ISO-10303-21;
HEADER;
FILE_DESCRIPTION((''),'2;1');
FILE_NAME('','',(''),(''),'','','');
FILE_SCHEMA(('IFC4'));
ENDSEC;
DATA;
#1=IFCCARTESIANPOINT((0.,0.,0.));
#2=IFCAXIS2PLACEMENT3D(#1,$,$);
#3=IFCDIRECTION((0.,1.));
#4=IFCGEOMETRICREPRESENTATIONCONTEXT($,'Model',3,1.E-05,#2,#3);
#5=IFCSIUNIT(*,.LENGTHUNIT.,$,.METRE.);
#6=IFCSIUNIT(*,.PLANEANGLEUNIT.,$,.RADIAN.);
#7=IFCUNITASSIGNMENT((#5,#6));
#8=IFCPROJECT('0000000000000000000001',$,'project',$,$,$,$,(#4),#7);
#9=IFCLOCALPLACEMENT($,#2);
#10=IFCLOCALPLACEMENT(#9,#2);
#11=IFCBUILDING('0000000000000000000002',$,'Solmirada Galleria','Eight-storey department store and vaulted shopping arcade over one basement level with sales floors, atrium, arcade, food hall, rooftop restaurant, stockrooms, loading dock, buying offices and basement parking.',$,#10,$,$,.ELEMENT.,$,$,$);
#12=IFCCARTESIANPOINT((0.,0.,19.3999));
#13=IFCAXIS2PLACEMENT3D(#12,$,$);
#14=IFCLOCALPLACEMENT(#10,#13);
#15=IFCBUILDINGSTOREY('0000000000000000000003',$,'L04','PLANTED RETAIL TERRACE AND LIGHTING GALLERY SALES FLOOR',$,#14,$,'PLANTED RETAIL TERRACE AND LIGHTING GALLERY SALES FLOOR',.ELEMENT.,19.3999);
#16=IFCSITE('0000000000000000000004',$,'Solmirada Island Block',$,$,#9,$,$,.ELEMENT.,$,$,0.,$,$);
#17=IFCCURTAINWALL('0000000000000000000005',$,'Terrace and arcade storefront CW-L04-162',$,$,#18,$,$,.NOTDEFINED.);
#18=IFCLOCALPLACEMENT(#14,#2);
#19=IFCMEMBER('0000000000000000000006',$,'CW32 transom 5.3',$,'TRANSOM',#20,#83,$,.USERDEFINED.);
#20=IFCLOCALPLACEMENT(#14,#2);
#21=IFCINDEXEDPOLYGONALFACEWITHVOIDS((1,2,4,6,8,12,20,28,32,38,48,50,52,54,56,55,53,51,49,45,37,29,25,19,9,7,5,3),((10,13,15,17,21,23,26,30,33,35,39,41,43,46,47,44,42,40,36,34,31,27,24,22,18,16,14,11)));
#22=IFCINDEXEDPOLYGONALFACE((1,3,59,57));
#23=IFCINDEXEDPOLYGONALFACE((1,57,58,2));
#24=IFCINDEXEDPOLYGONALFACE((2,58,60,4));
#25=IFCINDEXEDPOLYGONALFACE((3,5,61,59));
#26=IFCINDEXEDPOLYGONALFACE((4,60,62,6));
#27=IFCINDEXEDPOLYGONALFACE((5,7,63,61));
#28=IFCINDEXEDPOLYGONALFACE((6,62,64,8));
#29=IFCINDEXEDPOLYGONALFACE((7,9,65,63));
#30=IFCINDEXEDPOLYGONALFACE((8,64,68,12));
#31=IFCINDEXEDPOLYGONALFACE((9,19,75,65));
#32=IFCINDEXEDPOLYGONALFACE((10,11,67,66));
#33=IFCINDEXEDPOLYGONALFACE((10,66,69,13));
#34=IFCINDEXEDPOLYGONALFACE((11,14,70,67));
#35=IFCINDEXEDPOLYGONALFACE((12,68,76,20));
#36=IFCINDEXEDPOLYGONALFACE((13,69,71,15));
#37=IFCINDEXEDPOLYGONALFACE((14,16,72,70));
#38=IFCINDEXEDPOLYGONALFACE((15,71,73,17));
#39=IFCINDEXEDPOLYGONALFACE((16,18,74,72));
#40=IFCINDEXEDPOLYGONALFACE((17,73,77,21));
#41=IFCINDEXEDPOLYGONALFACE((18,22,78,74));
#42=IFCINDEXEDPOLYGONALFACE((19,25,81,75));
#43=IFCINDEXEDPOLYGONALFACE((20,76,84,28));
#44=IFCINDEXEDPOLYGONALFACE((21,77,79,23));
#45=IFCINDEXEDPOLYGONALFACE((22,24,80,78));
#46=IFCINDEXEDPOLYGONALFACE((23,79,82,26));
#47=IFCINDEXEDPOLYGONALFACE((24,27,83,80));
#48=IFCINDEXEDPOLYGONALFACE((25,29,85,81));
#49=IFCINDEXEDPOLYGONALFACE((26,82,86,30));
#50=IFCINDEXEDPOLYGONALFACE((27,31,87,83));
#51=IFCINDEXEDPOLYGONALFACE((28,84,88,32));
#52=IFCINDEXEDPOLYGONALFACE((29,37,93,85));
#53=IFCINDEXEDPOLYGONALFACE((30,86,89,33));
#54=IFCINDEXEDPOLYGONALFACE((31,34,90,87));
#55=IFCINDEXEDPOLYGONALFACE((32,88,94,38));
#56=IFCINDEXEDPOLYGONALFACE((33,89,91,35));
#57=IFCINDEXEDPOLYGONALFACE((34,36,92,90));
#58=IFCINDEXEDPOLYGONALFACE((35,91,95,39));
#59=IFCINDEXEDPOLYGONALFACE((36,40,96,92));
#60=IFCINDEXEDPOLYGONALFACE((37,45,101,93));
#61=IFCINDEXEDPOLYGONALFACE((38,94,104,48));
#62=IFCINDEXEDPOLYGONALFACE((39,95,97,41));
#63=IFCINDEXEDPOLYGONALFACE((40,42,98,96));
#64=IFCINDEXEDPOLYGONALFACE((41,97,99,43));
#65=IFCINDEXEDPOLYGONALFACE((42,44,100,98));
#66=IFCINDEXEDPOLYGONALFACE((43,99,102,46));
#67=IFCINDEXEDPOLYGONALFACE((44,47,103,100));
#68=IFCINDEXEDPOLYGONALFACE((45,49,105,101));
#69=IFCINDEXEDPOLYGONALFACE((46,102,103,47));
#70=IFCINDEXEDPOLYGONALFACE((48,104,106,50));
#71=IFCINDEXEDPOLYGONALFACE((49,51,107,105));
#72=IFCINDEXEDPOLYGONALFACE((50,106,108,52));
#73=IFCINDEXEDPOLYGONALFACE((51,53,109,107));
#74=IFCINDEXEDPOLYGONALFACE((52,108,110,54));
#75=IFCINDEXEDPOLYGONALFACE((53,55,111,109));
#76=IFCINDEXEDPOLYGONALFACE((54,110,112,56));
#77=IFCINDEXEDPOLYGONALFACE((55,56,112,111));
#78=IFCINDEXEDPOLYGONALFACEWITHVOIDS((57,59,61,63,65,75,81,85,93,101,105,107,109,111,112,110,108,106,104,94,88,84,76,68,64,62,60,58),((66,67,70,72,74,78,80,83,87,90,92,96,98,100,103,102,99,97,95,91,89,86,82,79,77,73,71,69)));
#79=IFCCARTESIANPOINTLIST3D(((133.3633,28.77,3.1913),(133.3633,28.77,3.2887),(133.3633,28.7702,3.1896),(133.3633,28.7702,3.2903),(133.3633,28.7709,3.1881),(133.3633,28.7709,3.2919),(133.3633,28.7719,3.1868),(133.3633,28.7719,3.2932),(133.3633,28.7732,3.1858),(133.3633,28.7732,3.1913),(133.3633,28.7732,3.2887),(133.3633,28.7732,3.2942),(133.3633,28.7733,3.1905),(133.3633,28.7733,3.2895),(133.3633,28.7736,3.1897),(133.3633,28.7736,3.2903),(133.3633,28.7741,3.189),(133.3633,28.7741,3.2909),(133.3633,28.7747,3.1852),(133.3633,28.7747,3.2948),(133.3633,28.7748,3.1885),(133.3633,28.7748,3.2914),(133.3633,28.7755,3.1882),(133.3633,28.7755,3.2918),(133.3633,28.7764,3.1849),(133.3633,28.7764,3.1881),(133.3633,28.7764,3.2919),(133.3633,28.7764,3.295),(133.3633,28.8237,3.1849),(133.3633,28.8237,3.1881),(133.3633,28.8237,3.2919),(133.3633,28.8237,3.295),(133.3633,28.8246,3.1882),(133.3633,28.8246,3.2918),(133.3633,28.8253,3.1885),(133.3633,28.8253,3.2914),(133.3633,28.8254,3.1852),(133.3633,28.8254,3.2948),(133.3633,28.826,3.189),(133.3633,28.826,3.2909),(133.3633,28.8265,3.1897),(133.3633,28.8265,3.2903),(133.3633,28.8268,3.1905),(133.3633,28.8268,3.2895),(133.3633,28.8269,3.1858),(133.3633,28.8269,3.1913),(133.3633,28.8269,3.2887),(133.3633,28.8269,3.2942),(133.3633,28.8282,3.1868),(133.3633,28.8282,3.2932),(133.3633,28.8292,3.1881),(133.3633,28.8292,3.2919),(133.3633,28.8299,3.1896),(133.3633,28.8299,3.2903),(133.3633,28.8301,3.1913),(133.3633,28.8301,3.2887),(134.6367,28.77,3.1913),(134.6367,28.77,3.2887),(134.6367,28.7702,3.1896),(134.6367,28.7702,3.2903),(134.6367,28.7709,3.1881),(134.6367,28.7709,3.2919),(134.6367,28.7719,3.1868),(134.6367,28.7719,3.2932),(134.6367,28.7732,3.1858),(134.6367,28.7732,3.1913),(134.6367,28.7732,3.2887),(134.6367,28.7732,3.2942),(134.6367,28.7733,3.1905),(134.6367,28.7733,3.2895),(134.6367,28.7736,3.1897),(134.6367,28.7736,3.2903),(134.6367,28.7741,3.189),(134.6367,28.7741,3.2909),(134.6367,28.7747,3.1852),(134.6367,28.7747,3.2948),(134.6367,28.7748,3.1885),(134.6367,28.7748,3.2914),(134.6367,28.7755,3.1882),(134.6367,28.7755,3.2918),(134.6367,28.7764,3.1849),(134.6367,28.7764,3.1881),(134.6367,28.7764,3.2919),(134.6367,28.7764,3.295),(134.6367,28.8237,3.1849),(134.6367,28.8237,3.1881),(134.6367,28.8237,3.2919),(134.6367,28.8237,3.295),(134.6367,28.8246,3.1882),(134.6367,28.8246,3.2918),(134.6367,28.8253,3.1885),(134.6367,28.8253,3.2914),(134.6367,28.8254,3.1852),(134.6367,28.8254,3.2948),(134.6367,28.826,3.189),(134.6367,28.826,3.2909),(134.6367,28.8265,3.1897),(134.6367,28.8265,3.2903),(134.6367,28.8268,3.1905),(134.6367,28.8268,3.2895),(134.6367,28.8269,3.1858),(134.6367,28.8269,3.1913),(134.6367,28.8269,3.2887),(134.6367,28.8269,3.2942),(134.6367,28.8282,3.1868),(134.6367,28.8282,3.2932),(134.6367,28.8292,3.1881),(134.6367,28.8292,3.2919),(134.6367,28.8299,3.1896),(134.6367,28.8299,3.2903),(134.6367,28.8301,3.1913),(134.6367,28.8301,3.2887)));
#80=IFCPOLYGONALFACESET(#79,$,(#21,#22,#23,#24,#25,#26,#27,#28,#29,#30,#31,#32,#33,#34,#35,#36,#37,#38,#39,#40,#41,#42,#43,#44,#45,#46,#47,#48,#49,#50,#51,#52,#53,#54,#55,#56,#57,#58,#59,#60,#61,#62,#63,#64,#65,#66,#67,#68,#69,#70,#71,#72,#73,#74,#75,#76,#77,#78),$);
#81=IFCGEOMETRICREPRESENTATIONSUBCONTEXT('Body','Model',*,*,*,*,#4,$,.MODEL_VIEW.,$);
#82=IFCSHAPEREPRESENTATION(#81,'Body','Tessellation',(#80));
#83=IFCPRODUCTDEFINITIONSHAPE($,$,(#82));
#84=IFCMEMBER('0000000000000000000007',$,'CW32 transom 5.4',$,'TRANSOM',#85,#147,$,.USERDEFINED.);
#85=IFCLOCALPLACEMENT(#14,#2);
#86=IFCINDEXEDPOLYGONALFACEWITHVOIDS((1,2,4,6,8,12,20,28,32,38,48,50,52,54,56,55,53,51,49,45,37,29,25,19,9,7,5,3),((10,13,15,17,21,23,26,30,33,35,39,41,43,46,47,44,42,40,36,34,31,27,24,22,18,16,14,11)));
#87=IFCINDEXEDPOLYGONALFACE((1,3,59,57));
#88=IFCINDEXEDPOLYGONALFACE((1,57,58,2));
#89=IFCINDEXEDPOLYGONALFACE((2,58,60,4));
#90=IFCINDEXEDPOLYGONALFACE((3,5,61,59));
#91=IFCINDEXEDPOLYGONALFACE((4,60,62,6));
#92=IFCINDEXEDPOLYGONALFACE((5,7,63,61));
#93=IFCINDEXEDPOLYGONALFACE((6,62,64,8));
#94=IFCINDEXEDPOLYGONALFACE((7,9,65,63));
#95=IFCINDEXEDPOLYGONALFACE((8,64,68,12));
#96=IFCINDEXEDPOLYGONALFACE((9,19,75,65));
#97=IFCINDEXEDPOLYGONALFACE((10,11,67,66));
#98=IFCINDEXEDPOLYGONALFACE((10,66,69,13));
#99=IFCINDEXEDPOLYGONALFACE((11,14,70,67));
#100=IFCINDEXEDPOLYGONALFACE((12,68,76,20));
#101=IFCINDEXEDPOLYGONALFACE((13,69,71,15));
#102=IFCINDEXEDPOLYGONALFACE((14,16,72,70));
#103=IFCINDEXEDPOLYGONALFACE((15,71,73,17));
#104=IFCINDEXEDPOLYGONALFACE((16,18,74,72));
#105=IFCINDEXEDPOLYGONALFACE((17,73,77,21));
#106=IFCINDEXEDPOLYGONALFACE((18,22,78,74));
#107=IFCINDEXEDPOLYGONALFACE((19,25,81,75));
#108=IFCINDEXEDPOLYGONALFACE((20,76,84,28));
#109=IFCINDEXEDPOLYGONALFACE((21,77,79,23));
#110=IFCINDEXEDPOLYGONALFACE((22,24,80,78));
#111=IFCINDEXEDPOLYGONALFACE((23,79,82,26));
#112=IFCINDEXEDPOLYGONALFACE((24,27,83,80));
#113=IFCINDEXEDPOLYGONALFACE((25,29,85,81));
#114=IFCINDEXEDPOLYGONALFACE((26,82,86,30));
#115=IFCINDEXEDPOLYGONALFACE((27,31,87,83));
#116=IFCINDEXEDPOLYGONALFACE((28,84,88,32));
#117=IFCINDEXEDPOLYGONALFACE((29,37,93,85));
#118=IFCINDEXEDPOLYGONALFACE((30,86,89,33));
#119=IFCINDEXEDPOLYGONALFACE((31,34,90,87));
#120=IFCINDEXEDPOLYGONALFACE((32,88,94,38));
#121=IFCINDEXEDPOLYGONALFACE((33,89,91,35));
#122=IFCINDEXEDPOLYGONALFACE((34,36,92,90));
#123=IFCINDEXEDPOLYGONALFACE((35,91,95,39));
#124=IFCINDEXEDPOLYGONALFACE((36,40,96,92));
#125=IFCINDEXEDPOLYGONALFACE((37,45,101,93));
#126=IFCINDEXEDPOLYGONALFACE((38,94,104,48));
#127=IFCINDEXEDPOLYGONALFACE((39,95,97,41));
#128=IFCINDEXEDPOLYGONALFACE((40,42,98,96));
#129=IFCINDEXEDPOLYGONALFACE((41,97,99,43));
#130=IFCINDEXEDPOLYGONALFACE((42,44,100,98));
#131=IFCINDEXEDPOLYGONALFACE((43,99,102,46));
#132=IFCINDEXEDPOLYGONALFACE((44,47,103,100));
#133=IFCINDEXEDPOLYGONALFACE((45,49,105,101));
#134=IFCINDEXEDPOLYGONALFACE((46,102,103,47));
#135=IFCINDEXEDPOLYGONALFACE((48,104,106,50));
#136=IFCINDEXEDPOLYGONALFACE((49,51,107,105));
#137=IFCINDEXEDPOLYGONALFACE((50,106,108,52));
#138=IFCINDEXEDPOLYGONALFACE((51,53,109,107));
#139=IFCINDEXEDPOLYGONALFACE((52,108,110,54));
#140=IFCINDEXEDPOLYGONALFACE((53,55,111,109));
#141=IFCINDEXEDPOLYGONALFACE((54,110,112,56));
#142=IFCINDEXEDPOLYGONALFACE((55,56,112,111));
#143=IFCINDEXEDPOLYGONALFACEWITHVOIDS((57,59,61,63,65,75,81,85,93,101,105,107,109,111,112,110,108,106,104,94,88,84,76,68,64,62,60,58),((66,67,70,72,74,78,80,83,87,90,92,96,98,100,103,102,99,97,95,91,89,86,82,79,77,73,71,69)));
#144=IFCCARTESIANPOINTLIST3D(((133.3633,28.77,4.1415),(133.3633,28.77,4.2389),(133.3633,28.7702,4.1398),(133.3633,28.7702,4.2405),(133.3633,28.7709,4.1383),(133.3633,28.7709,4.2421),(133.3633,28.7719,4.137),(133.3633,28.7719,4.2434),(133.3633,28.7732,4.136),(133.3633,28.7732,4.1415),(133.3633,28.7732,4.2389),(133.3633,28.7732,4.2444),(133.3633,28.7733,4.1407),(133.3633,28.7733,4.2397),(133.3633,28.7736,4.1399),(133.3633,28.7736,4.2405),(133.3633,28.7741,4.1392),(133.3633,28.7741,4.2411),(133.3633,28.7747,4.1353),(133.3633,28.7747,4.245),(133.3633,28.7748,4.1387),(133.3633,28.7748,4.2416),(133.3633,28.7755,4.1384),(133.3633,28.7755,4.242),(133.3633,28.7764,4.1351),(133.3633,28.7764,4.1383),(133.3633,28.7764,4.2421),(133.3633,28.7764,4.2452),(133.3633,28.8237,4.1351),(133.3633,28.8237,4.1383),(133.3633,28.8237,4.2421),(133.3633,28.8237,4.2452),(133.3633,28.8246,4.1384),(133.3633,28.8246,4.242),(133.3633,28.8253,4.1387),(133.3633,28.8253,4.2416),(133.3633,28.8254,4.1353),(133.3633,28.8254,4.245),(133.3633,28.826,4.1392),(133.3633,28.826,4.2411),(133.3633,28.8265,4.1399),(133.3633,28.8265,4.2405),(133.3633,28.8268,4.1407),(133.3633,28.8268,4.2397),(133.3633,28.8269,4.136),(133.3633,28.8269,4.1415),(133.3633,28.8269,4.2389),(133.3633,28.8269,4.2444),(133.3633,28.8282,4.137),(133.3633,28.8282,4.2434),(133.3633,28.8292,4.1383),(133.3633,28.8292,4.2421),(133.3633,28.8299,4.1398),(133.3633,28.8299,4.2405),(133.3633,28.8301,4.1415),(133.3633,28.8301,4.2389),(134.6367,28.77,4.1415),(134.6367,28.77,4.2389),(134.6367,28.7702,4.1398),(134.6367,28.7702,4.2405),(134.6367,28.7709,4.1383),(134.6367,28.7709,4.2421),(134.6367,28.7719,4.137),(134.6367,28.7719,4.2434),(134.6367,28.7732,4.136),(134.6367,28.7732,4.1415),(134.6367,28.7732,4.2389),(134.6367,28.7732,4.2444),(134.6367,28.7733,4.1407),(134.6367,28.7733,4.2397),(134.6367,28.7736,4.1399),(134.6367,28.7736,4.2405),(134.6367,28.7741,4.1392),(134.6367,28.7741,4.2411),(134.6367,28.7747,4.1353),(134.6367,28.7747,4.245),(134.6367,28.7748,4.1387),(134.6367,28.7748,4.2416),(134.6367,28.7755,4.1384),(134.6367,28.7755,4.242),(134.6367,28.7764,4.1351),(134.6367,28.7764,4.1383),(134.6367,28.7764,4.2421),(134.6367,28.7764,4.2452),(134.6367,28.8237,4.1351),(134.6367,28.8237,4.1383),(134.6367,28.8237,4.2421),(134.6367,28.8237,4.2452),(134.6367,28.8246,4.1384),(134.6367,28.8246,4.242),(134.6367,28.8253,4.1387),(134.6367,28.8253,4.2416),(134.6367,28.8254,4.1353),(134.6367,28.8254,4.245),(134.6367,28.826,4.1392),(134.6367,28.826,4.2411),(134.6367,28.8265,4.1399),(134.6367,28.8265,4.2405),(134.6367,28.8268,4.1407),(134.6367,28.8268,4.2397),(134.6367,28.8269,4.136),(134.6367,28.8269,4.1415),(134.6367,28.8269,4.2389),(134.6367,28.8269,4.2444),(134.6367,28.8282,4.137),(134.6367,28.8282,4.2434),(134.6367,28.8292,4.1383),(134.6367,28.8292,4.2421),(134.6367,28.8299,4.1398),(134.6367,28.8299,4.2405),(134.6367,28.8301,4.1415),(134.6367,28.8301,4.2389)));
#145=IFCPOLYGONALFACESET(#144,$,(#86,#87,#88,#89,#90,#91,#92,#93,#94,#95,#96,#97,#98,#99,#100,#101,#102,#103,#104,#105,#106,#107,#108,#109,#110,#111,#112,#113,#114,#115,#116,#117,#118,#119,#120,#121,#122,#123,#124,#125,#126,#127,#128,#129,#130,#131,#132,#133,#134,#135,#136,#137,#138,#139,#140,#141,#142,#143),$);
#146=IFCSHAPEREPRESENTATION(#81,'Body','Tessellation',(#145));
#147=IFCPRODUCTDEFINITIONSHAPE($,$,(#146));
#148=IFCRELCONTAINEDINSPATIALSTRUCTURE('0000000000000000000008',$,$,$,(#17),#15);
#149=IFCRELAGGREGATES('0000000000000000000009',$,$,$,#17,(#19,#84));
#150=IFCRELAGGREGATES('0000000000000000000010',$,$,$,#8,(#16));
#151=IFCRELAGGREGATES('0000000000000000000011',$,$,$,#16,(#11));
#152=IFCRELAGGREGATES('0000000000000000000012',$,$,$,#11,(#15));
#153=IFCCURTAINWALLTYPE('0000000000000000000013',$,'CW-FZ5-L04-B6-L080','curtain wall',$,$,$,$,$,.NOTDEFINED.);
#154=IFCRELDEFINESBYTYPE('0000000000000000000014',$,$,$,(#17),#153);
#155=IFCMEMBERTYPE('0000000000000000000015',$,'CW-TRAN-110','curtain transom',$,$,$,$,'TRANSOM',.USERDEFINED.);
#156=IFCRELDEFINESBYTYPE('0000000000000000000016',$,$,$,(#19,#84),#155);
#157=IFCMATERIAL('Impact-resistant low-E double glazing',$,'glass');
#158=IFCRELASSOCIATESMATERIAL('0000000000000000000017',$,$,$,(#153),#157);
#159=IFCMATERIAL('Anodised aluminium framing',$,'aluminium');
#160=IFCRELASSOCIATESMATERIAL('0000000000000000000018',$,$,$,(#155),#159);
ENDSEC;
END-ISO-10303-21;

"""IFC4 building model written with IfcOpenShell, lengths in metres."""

from ifc_helpers import new_model, si_unit, direction, frame, origin, origin_2d, place, context, subcontext, project, spatial, hollow_rectangle, extrude, material, material_profile, profile_set, type_object, element, aggregate, save


model = new_model("IFC4")

# Units and contexts
model_context = context("Model", 3, precision=1e-05, world=origin(), true_north=direction((0.0, 1.0)))
body_context = subcontext(model_context, "Body", "Model", "MODEL_VIEW")
ifc_project = project(units=[si_unit("LENGTHUNIT", "METRE"), si_unit("PLANEANGLEUNIT", "RADIAN")], contexts=[model_context])

# Site, building, storey
site_placement = place(None, origin())
site = spatial("IfcSite", under=ifc_project, at=site_placement, Name="Solmirada Island Block", CompositionType="ELEMENT", RefElevation=0.0)
building_placement = place(site_placement, origin())
building = spatial("IfcBuilding", under=site, at=building_placement, Name="Solmirada Galleria", Description="Eight-storey department store and vaulted shopping arcade over one basement level with sales floors, atrium, arcade, food hall, rooftop restaurant, stockrooms, loading dock, buying offices and basement parking.", CompositionType="ELEMENT")
storey_placement = place(building_placement, frame((0.0, 0.0, 19.3999)))
storey = spatial("IfcBuildingStorey", under=building, at=storey_placement, Name="L04", Description="PLANTED RETAIL TERRACE AND LIGHTING GALLERY SALES FLOOR", LongName="PLANTED RETAIL TERRACE AND LIGHTING GALLERY SALES FLOOR", CompositionType="ELEMENT", Elevation=19.3999)

# Curtain wall, members
ifc_material_1 = material(Name="Impact-resistant low-E double glazing", Category="glass")
curtain_wall_type = type_object("IfcCurtainWallType", Name="CW-FZ5-L04-B6-L080", Description="curtain wall", PredefinedType="NOTDEFINED", material=ifc_material_1)
curtain_wall_placement = place(storey_placement, origin())
curtain_wall = element("IfcCurtainWall", 1, at=curtain_wall_placement, inside=storey, type_object=curtain_wall_type, Name="Terrace and arcade storefront CW-L04-162", PredefinedType="NOTDEFINED")
ifc_material_2 = material(Name="Anodised aluminium framing", Category="aluminium")
ifc_material_profile_1 = material_profile(ifc_material_2, hollow_rectangle(XDim=0.0601, YDim=0.1101, WallThickness=0.0032, InnerFilletRadius=0.0032, OuterFilletRadius=0.0063, at=origin_2d()), Name="ALU-TRAN-110X60")
ifc_profile_set_1 = profile_set([ifc_material_profile_1], Name="Anodised aluminium framing")
member_type_1 = type_object("IfcMemberType", Name="CW-TRAN-110", Description="curtain transom", ElementType="TRANSOM", PredefinedType="USERDEFINED", material=ifc_profile_set_1)
member_1_placement = place(storey_placement, frame((133.3633, 28.8, 3.24), z_axis=(1.0, 0.0, 0.0), x_axis=(0.0, 1.0, 0.0)))
member_1 = element("IfcMember", 2, at=member_1_placement, type_object=member_type_1, Name="CW32 transom 5.3", ObjectType="TRANSOM", PredefinedType="USERDEFINED", context=body_context, shape_type="SweptSolid", body=[
    extrude(hollow_rectangle(XDim=0.0601, YDim=0.1101, WallThickness=0.0032, InnerFilletRadius=0.0032, OuterFilletRadius=0.0063, at=origin_2d()), origin(), (0.0, 0.0, 1.0), 1.2734),
])
member_2_placement = place(storey_placement, frame((133.3633, 28.8, 4.1902), z_axis=(1.0, 0.0, 0.0), x_axis=(0.0, 1.0, 0.0)))
member_2 = element("IfcMember", 3, at=member_2_placement, type_object=member_type_1, Name="CW32 transom 5.4", ObjectType="TRANSOM", PredefinedType="USERDEFINED", context=body_context, shape_type="SweptSolid", body=[
    extrude(hollow_rectangle(XDim=0.0601, YDim=0.1101, WallThickness=0.0032, InnerFilletRadius=0.0032, OuterFilletRadius=0.0063, at=origin_2d()), origin(), (0.0, 0.0, 1.0), 1.2734),
])
aggregate(curtain_wall, [member_1, member_2])

save(model, "model.ifc")
